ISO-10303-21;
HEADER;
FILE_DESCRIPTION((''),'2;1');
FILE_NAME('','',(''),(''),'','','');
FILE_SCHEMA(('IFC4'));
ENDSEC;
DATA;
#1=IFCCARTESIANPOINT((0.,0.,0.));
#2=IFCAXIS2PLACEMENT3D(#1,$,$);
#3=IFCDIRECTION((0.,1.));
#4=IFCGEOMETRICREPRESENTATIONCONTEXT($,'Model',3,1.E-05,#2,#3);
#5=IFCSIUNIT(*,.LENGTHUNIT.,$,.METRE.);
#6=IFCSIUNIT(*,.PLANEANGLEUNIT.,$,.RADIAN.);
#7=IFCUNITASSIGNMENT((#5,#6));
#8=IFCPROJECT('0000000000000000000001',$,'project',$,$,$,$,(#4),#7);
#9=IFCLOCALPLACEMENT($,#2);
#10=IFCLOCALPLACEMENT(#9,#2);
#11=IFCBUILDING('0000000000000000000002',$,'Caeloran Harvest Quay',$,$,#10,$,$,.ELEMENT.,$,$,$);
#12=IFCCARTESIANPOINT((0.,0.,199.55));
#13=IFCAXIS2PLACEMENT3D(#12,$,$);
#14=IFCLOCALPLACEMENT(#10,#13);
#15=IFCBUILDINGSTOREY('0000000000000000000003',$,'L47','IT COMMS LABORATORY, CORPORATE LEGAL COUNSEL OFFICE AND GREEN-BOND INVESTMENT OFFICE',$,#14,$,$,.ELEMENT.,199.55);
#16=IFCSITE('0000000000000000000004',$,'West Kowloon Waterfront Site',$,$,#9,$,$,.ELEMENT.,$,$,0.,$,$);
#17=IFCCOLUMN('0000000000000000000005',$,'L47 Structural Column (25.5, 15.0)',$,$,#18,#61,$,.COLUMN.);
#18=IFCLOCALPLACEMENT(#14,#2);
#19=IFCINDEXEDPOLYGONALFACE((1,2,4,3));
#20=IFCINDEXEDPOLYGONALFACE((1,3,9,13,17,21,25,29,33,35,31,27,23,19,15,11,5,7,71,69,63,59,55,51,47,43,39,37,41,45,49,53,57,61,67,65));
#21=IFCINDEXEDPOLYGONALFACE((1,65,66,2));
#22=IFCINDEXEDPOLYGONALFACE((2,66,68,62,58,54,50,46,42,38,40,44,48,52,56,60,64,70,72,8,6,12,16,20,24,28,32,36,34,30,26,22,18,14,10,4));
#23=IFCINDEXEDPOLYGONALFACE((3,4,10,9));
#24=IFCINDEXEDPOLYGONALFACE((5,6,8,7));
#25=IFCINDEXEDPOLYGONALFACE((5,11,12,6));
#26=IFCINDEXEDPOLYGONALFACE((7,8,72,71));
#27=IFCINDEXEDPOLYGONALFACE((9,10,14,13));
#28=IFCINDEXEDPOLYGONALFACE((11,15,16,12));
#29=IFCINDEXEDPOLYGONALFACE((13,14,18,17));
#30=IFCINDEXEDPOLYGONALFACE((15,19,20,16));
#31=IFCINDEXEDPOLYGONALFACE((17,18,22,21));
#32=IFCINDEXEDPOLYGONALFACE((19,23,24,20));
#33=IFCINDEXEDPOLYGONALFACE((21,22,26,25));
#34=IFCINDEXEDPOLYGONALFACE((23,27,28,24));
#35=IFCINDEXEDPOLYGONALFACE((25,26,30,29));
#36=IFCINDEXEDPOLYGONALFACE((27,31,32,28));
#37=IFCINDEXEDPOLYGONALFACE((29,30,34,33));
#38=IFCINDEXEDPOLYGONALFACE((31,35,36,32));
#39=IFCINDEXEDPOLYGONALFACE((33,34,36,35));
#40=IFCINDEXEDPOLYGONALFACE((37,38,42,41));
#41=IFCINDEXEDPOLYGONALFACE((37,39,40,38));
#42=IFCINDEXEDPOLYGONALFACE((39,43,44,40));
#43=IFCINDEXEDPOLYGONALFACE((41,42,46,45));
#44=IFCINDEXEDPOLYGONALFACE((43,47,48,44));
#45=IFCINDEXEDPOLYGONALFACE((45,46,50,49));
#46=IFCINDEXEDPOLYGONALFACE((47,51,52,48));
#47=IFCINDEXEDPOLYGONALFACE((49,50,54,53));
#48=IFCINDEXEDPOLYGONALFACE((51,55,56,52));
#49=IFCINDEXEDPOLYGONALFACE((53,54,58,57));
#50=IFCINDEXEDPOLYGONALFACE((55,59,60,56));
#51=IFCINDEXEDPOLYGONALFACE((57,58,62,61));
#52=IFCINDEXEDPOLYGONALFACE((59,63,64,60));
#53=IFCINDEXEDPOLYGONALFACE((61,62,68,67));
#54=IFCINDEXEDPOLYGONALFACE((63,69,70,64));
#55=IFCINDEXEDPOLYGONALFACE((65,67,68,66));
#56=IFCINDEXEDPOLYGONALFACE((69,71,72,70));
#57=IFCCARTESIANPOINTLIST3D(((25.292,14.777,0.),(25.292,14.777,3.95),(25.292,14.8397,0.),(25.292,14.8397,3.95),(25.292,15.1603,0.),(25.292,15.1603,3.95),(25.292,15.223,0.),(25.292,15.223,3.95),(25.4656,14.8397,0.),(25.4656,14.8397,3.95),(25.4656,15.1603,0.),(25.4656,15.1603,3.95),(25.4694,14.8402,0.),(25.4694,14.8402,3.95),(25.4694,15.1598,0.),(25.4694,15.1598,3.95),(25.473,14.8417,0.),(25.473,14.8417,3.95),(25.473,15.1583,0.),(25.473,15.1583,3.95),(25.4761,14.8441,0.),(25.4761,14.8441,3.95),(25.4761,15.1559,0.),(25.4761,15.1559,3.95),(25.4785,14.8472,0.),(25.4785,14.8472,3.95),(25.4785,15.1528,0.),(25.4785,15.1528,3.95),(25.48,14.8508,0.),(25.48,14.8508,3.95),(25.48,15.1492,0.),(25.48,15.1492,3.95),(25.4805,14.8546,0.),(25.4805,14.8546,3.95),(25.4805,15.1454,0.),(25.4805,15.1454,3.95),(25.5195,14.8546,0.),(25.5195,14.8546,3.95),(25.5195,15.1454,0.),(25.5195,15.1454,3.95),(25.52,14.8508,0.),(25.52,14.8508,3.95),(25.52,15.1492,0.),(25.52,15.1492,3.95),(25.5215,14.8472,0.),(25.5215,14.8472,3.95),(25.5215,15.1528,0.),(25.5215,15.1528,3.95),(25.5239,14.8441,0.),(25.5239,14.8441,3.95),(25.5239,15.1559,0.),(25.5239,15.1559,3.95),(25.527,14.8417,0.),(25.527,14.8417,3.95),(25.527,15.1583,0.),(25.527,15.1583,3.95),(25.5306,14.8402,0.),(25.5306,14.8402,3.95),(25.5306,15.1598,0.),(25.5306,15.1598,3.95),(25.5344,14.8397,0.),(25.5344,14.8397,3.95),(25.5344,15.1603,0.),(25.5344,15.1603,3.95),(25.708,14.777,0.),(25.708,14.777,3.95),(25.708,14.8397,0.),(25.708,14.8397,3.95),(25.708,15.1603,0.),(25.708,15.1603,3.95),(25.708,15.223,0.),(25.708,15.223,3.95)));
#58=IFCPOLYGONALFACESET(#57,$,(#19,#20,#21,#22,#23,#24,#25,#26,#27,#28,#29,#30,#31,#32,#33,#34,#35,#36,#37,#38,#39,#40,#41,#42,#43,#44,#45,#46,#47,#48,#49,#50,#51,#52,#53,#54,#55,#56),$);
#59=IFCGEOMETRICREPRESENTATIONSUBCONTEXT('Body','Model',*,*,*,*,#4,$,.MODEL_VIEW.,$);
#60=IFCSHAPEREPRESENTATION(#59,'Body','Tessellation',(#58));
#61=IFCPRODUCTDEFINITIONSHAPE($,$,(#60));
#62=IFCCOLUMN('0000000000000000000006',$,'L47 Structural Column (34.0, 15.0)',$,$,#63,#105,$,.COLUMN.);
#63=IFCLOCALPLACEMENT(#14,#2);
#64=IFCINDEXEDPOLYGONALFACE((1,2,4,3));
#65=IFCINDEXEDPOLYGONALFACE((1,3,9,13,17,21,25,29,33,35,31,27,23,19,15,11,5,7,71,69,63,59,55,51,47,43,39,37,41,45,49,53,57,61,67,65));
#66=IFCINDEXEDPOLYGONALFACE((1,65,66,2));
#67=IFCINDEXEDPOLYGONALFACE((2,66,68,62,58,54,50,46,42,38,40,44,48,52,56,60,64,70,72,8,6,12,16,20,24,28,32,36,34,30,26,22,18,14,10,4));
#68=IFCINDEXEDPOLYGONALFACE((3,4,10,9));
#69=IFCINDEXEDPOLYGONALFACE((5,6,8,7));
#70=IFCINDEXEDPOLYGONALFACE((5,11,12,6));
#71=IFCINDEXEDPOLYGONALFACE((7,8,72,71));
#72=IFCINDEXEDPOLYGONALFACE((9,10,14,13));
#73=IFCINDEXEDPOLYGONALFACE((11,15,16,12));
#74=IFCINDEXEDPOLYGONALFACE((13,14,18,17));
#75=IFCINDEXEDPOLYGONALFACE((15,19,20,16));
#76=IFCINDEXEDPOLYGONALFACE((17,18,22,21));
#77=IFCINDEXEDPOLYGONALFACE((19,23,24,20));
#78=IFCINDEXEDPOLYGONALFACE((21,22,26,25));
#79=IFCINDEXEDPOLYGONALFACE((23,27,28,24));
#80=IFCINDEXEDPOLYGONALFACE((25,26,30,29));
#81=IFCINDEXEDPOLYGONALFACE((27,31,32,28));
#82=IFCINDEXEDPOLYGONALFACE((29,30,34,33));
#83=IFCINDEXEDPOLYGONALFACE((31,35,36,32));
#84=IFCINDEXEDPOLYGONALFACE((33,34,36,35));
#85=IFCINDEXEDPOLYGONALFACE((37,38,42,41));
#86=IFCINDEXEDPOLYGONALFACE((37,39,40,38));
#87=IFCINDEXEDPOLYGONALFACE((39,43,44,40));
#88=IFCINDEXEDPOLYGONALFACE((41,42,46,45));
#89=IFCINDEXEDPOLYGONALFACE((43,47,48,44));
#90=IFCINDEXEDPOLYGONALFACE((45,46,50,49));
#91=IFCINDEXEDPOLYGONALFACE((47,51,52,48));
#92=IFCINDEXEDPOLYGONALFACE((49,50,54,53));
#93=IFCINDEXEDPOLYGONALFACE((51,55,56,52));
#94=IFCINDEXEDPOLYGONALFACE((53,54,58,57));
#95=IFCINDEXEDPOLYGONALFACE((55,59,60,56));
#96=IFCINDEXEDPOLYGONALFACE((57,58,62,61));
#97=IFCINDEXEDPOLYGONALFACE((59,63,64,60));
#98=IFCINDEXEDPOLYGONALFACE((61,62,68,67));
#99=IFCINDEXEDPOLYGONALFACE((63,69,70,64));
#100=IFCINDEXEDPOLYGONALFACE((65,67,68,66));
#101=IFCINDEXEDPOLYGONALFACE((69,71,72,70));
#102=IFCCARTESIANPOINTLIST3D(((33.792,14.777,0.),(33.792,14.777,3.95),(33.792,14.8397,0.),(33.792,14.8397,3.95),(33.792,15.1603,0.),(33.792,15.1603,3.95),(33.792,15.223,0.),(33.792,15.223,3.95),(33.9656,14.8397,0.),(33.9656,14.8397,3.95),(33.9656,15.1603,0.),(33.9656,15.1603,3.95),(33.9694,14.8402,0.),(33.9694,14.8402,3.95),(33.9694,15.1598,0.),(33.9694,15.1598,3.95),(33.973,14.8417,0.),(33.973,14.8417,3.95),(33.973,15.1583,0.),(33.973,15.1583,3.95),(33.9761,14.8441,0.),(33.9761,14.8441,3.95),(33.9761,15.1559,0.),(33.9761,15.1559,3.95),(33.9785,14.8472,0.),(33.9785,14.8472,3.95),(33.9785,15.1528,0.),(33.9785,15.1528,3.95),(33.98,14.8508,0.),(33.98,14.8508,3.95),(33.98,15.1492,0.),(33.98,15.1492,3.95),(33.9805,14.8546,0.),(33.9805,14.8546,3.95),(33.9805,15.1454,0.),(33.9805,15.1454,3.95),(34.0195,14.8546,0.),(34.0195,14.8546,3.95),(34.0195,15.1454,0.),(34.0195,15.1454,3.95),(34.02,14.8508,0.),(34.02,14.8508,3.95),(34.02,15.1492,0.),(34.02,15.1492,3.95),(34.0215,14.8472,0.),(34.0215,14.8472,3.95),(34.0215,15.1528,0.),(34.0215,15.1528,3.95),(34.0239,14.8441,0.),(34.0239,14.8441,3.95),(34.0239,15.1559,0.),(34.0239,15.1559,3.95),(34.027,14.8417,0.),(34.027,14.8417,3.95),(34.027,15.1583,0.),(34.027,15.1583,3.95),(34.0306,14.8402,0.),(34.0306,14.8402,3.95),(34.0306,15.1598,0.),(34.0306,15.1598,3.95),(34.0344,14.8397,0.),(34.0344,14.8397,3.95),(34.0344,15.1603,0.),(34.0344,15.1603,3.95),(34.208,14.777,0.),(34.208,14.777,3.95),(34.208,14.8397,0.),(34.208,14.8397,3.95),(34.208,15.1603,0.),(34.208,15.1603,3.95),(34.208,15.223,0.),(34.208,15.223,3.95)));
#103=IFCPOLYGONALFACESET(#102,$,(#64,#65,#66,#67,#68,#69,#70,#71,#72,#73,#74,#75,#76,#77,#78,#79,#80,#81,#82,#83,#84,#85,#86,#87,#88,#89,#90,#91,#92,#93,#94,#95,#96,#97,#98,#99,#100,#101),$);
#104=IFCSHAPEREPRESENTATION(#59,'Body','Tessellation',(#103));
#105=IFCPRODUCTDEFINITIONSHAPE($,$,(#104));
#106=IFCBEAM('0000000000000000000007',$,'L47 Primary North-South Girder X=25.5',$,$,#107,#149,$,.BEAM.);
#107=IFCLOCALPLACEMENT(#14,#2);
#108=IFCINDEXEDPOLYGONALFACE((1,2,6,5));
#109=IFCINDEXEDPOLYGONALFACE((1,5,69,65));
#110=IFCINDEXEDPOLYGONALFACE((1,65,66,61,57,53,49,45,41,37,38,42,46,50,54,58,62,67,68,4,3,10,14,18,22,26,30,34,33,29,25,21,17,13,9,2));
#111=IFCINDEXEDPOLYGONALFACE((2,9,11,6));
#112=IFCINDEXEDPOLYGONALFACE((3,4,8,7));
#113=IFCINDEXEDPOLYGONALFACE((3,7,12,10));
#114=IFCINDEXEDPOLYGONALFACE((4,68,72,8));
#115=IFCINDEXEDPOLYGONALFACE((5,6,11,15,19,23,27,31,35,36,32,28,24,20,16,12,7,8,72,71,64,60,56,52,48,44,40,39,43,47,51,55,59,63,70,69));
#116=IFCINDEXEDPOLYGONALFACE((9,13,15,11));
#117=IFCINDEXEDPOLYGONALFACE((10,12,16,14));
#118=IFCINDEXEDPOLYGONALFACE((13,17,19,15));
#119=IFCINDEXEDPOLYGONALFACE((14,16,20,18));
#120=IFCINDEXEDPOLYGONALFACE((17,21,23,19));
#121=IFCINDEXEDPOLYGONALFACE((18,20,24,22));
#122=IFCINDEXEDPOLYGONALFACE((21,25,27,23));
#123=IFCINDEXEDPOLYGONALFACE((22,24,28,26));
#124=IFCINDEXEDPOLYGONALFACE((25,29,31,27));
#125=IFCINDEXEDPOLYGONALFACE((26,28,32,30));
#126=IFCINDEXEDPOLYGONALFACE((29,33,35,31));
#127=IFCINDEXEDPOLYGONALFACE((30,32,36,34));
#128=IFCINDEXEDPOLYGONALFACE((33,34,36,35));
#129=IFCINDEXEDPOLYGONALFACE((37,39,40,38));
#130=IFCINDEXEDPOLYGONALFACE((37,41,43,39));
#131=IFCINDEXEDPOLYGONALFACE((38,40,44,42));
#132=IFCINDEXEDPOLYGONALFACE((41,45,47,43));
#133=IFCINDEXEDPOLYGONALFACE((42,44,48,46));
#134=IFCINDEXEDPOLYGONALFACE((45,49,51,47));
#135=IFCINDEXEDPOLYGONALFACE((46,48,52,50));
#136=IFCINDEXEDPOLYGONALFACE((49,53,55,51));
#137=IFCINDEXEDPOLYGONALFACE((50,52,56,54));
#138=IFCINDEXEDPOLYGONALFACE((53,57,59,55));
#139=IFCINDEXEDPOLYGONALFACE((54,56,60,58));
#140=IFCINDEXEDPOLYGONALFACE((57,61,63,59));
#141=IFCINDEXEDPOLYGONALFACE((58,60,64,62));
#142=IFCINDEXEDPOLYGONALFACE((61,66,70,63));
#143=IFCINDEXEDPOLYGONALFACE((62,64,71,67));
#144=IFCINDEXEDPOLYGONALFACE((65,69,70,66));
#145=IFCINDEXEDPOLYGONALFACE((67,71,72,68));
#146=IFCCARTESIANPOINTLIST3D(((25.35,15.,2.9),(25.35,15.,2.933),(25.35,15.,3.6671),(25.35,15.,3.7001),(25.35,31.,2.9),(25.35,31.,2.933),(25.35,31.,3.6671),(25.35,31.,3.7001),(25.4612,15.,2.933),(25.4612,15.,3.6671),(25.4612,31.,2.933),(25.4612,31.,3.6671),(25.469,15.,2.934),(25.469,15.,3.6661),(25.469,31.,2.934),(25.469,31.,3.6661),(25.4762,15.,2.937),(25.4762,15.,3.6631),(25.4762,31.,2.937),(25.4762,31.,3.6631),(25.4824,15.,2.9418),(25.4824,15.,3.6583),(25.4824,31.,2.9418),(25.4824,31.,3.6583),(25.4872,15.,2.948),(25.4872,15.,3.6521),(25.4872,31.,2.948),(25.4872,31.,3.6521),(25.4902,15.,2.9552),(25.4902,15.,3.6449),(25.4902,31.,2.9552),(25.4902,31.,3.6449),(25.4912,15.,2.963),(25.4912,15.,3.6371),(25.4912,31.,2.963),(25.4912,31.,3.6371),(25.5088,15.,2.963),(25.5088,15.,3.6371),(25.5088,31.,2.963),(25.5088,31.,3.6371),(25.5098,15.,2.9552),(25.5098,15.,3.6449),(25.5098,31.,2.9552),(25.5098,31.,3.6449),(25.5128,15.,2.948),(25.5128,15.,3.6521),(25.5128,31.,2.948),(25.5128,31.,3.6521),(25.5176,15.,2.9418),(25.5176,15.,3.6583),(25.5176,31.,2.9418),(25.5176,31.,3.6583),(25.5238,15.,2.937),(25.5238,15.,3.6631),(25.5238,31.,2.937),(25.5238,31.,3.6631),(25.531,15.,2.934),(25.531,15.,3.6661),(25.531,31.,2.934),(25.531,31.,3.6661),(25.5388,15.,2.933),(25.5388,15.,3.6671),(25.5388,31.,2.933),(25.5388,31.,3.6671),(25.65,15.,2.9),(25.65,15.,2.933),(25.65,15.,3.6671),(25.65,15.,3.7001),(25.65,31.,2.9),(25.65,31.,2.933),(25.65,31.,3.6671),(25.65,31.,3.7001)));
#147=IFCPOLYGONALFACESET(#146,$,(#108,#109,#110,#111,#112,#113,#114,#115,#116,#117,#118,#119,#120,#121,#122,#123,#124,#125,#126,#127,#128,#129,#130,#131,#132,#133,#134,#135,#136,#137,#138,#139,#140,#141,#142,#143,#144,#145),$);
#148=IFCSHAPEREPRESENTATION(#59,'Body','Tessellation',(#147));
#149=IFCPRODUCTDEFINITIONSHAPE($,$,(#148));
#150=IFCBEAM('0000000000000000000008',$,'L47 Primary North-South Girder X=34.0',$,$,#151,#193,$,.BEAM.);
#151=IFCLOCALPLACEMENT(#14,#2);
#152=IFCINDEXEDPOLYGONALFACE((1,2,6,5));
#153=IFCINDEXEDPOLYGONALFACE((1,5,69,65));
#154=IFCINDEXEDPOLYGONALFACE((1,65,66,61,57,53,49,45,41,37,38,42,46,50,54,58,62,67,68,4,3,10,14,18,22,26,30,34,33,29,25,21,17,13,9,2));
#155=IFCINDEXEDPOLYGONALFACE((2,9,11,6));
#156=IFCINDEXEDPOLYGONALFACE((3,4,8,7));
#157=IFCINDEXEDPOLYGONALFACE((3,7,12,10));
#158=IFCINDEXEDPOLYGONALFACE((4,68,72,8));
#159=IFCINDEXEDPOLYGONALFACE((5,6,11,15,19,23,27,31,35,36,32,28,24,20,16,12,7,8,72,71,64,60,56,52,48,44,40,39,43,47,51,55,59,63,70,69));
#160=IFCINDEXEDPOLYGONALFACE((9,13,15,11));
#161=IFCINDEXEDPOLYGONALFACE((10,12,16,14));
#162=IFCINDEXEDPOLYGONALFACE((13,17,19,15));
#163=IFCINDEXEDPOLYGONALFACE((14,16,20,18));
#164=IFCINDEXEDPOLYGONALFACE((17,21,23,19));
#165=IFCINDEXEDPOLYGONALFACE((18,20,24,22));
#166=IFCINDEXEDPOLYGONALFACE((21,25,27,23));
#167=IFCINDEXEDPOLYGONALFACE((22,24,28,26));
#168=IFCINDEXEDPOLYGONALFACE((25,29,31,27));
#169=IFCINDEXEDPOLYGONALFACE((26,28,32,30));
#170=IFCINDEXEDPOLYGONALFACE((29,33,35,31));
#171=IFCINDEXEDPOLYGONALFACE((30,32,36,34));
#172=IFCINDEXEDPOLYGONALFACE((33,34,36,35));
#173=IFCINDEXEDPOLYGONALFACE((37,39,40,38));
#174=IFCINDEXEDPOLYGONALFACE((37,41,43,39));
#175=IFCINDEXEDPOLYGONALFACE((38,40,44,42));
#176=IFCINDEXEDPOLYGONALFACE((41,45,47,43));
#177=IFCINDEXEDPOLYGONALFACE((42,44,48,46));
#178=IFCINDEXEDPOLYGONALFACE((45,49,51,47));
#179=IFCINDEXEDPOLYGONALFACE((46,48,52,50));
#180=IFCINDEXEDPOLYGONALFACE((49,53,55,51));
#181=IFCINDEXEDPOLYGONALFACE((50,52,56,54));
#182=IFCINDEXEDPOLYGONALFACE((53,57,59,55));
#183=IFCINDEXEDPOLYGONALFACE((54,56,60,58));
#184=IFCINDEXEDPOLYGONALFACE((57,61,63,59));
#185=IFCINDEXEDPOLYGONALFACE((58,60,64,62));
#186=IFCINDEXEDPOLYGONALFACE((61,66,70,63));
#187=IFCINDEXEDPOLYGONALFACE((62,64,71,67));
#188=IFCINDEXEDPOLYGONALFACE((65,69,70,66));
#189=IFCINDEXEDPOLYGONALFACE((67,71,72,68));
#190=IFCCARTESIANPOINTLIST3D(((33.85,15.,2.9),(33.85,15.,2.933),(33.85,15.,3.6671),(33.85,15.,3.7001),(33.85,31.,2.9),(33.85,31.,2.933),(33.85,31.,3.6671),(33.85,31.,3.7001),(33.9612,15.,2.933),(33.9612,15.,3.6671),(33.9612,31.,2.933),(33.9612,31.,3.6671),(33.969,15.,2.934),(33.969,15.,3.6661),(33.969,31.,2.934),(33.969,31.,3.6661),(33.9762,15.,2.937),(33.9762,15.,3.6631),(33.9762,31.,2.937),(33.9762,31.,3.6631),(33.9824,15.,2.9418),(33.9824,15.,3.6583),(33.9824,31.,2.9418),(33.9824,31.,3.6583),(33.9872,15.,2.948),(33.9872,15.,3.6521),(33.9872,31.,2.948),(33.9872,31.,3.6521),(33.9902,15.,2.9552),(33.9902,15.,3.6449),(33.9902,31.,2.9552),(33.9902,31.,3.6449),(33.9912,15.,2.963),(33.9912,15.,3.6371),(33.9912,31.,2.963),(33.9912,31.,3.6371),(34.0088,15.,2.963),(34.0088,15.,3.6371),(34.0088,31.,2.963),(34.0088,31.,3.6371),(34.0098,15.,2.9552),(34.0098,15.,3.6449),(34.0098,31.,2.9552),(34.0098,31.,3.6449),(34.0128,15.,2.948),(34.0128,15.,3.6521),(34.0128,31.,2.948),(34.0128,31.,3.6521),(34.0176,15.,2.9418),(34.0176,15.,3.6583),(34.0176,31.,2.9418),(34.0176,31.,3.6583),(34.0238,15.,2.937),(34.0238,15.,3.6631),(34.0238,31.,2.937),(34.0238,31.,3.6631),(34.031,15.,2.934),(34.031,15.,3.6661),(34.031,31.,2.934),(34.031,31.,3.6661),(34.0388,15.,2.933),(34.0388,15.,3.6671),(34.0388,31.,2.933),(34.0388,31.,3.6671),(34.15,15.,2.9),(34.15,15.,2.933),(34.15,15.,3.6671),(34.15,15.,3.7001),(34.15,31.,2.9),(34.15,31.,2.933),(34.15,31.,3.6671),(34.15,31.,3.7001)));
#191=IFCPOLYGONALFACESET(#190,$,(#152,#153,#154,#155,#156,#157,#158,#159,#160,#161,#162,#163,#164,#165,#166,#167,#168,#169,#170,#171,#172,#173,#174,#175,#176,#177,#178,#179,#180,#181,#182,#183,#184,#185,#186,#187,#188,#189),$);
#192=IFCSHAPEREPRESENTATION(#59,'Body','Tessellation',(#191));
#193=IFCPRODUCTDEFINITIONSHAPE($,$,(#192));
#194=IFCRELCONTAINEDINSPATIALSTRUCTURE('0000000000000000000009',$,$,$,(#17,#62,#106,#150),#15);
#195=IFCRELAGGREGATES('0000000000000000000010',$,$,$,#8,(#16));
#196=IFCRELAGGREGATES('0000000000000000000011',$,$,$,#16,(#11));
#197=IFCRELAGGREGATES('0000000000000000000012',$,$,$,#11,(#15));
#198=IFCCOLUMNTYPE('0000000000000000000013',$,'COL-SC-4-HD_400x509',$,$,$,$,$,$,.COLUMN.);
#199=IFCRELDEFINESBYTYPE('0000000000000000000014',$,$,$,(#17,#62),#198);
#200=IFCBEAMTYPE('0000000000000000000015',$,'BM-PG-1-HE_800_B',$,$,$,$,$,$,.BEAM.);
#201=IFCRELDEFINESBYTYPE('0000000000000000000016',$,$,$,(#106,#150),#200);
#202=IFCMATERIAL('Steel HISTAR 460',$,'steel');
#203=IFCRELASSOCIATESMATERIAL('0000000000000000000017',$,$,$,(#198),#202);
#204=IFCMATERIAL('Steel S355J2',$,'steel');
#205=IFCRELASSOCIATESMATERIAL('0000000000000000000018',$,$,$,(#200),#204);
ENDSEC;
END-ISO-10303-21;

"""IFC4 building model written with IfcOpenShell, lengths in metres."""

from ifc_helpers import new_model, si_unit, direction, frame, origin, origin_2d, place, context, subcontext, project, spatial, i_section, extrude, material, material_profile, profile_set, type_object, element, save


model = new_model("IFC4")

# Units and contexts
model_context = context("Model", 3, precision=1e-05, world=origin(), true_north=direction((0.0, 1.0)))
body_context = subcontext(model_context, "Body", "Model", "MODEL_VIEW")
ifc_project = project(units=[si_unit("LENGTHUNIT", "METRE"), si_unit("PLANEANGLEUNIT", "RADIAN")], contexts=[model_context])

# Site, building, storey
site_placement = place(None, origin())
site = spatial("IfcSite", under=ifc_project, at=site_placement, Name="West Kowloon Waterfront Site", CompositionType="ELEMENT", RefElevation=0.0)
building_placement = place(site_placement, origin())
building = spatial("IfcBuilding", under=site, at=building_placement, Name="Caeloran Harvest Quay", CompositionType="ELEMENT")
storey_placement = place(building_placement, frame((0.0, 0.0, 199.55)))
storey = spatial("IfcBuildingStorey", under=building, at=storey_placement, Name="L47", Description="IT COMMS LABORATORY, CORPORATE LEGAL COUNSEL OFFICE AND GREEN-BOND INVESTMENT OFFICE", CompositionType="ELEMENT", Elevation=199.55)

# Columns
ifc_material_1 = material(Name="Steel HISTAR 460", Category="steel")
ifc_material_profile_1 = material_profile(ifc_material_1, i_section(OverallWidth=0.416, OverallDepth=0.446, WebThickness=0.0391, FlangeThickness=0.0627, FilletRadius=0.0149, at=origin_2d()), Name="HD 400x509")
ifc_profile_set_1 = profile_set([ifc_material_profile_1], Name="Steel HISTAR 460")
column_type = type_object("IfcColumnType", Name="COL-SC-4-HD_400x509", PredefinedType="COLUMN", material=ifc_profile_set_1)
for number, where, z_axis, x_axis, name in (
    (1, (25.5, 15.0, 0.0), (0.0, 0.0, 1.0), (1.0, 0.0, 0.0), "L47 Structural Column (25.5, 15.0)"),
    (2, (34.0, 15.0, 0.0), (0.0, 0.0, 1.0), (1.0, 0.0, 0.0), "L47 Structural Column (34.0, 15.0)"),
):
    element("IfcColumn", number, at=place(storey_placement, frame(where, z_axis=z_axis, x_axis=x_axis)), inside=storey, type_object=column_type, Name=name, PredefinedType="COLUMN", context=body_context, shape_type="SweptSolid", body=[
        extrude(i_section(OverallWidth=0.416, OverallDepth=0.446, WebThickness=0.0391, FlangeThickness=0.0627, FilletRadius=0.0149, at=origin_2d()), origin(), (0.0, 0.0, 1.0), 3.95),
    ])

# Beams
ifc_material_2 = material(Name="Steel S355J2", Category="steel")
ifc_material_profile_2 = material_profile(ifc_material_2, i_section(OverallWidth=0.3, OverallDepth=0.8, WebThickness=0.0176, FlangeThickness=0.033, FilletRadius=0.03, at=origin_2d()), Name="HE 800 B")
ifc_profile_set_2 = profile_set([ifc_material_profile_2], Name="Steel S355J2")
beam_type_1 = type_object("IfcBeamType", Name="BM-PG-1-HE_800_B", PredefinedType="BEAM", material=ifc_profile_set_2)
for number, where, z_axis, x_axis, name in (
    (3, (25.5, 15.0, 3.3), (0.0, 1.0, 0.0), (-1.0, 0.0, 0.0), "L47 Primary North-South Girder X=25.5"),
    (4, (34.0, 15.0, 3.3), (0.0, 1.0, 0.0), (-1.0, 0.0, 0.0), "L47 Primary North-South Girder X=34.0"),
):
    element("IfcBeam", number, at=place(storey_placement, frame(where, z_axis=z_axis, x_axis=x_axis)), inside=storey, type_object=beam_type_1, Name=name, PredefinedType="BEAM", context=body_context, shape_type="SweptSolid", body=[
        extrude(i_section(OverallWidth=0.3, OverallDepth=0.8, WebThickness=0.0176, FlangeThickness=0.033, FilletRadius=0.03, at=origin_2d()), origin(), (0.0, 0.0, 1.0), 16.0),
    ])

save(model, "model.ifc")
